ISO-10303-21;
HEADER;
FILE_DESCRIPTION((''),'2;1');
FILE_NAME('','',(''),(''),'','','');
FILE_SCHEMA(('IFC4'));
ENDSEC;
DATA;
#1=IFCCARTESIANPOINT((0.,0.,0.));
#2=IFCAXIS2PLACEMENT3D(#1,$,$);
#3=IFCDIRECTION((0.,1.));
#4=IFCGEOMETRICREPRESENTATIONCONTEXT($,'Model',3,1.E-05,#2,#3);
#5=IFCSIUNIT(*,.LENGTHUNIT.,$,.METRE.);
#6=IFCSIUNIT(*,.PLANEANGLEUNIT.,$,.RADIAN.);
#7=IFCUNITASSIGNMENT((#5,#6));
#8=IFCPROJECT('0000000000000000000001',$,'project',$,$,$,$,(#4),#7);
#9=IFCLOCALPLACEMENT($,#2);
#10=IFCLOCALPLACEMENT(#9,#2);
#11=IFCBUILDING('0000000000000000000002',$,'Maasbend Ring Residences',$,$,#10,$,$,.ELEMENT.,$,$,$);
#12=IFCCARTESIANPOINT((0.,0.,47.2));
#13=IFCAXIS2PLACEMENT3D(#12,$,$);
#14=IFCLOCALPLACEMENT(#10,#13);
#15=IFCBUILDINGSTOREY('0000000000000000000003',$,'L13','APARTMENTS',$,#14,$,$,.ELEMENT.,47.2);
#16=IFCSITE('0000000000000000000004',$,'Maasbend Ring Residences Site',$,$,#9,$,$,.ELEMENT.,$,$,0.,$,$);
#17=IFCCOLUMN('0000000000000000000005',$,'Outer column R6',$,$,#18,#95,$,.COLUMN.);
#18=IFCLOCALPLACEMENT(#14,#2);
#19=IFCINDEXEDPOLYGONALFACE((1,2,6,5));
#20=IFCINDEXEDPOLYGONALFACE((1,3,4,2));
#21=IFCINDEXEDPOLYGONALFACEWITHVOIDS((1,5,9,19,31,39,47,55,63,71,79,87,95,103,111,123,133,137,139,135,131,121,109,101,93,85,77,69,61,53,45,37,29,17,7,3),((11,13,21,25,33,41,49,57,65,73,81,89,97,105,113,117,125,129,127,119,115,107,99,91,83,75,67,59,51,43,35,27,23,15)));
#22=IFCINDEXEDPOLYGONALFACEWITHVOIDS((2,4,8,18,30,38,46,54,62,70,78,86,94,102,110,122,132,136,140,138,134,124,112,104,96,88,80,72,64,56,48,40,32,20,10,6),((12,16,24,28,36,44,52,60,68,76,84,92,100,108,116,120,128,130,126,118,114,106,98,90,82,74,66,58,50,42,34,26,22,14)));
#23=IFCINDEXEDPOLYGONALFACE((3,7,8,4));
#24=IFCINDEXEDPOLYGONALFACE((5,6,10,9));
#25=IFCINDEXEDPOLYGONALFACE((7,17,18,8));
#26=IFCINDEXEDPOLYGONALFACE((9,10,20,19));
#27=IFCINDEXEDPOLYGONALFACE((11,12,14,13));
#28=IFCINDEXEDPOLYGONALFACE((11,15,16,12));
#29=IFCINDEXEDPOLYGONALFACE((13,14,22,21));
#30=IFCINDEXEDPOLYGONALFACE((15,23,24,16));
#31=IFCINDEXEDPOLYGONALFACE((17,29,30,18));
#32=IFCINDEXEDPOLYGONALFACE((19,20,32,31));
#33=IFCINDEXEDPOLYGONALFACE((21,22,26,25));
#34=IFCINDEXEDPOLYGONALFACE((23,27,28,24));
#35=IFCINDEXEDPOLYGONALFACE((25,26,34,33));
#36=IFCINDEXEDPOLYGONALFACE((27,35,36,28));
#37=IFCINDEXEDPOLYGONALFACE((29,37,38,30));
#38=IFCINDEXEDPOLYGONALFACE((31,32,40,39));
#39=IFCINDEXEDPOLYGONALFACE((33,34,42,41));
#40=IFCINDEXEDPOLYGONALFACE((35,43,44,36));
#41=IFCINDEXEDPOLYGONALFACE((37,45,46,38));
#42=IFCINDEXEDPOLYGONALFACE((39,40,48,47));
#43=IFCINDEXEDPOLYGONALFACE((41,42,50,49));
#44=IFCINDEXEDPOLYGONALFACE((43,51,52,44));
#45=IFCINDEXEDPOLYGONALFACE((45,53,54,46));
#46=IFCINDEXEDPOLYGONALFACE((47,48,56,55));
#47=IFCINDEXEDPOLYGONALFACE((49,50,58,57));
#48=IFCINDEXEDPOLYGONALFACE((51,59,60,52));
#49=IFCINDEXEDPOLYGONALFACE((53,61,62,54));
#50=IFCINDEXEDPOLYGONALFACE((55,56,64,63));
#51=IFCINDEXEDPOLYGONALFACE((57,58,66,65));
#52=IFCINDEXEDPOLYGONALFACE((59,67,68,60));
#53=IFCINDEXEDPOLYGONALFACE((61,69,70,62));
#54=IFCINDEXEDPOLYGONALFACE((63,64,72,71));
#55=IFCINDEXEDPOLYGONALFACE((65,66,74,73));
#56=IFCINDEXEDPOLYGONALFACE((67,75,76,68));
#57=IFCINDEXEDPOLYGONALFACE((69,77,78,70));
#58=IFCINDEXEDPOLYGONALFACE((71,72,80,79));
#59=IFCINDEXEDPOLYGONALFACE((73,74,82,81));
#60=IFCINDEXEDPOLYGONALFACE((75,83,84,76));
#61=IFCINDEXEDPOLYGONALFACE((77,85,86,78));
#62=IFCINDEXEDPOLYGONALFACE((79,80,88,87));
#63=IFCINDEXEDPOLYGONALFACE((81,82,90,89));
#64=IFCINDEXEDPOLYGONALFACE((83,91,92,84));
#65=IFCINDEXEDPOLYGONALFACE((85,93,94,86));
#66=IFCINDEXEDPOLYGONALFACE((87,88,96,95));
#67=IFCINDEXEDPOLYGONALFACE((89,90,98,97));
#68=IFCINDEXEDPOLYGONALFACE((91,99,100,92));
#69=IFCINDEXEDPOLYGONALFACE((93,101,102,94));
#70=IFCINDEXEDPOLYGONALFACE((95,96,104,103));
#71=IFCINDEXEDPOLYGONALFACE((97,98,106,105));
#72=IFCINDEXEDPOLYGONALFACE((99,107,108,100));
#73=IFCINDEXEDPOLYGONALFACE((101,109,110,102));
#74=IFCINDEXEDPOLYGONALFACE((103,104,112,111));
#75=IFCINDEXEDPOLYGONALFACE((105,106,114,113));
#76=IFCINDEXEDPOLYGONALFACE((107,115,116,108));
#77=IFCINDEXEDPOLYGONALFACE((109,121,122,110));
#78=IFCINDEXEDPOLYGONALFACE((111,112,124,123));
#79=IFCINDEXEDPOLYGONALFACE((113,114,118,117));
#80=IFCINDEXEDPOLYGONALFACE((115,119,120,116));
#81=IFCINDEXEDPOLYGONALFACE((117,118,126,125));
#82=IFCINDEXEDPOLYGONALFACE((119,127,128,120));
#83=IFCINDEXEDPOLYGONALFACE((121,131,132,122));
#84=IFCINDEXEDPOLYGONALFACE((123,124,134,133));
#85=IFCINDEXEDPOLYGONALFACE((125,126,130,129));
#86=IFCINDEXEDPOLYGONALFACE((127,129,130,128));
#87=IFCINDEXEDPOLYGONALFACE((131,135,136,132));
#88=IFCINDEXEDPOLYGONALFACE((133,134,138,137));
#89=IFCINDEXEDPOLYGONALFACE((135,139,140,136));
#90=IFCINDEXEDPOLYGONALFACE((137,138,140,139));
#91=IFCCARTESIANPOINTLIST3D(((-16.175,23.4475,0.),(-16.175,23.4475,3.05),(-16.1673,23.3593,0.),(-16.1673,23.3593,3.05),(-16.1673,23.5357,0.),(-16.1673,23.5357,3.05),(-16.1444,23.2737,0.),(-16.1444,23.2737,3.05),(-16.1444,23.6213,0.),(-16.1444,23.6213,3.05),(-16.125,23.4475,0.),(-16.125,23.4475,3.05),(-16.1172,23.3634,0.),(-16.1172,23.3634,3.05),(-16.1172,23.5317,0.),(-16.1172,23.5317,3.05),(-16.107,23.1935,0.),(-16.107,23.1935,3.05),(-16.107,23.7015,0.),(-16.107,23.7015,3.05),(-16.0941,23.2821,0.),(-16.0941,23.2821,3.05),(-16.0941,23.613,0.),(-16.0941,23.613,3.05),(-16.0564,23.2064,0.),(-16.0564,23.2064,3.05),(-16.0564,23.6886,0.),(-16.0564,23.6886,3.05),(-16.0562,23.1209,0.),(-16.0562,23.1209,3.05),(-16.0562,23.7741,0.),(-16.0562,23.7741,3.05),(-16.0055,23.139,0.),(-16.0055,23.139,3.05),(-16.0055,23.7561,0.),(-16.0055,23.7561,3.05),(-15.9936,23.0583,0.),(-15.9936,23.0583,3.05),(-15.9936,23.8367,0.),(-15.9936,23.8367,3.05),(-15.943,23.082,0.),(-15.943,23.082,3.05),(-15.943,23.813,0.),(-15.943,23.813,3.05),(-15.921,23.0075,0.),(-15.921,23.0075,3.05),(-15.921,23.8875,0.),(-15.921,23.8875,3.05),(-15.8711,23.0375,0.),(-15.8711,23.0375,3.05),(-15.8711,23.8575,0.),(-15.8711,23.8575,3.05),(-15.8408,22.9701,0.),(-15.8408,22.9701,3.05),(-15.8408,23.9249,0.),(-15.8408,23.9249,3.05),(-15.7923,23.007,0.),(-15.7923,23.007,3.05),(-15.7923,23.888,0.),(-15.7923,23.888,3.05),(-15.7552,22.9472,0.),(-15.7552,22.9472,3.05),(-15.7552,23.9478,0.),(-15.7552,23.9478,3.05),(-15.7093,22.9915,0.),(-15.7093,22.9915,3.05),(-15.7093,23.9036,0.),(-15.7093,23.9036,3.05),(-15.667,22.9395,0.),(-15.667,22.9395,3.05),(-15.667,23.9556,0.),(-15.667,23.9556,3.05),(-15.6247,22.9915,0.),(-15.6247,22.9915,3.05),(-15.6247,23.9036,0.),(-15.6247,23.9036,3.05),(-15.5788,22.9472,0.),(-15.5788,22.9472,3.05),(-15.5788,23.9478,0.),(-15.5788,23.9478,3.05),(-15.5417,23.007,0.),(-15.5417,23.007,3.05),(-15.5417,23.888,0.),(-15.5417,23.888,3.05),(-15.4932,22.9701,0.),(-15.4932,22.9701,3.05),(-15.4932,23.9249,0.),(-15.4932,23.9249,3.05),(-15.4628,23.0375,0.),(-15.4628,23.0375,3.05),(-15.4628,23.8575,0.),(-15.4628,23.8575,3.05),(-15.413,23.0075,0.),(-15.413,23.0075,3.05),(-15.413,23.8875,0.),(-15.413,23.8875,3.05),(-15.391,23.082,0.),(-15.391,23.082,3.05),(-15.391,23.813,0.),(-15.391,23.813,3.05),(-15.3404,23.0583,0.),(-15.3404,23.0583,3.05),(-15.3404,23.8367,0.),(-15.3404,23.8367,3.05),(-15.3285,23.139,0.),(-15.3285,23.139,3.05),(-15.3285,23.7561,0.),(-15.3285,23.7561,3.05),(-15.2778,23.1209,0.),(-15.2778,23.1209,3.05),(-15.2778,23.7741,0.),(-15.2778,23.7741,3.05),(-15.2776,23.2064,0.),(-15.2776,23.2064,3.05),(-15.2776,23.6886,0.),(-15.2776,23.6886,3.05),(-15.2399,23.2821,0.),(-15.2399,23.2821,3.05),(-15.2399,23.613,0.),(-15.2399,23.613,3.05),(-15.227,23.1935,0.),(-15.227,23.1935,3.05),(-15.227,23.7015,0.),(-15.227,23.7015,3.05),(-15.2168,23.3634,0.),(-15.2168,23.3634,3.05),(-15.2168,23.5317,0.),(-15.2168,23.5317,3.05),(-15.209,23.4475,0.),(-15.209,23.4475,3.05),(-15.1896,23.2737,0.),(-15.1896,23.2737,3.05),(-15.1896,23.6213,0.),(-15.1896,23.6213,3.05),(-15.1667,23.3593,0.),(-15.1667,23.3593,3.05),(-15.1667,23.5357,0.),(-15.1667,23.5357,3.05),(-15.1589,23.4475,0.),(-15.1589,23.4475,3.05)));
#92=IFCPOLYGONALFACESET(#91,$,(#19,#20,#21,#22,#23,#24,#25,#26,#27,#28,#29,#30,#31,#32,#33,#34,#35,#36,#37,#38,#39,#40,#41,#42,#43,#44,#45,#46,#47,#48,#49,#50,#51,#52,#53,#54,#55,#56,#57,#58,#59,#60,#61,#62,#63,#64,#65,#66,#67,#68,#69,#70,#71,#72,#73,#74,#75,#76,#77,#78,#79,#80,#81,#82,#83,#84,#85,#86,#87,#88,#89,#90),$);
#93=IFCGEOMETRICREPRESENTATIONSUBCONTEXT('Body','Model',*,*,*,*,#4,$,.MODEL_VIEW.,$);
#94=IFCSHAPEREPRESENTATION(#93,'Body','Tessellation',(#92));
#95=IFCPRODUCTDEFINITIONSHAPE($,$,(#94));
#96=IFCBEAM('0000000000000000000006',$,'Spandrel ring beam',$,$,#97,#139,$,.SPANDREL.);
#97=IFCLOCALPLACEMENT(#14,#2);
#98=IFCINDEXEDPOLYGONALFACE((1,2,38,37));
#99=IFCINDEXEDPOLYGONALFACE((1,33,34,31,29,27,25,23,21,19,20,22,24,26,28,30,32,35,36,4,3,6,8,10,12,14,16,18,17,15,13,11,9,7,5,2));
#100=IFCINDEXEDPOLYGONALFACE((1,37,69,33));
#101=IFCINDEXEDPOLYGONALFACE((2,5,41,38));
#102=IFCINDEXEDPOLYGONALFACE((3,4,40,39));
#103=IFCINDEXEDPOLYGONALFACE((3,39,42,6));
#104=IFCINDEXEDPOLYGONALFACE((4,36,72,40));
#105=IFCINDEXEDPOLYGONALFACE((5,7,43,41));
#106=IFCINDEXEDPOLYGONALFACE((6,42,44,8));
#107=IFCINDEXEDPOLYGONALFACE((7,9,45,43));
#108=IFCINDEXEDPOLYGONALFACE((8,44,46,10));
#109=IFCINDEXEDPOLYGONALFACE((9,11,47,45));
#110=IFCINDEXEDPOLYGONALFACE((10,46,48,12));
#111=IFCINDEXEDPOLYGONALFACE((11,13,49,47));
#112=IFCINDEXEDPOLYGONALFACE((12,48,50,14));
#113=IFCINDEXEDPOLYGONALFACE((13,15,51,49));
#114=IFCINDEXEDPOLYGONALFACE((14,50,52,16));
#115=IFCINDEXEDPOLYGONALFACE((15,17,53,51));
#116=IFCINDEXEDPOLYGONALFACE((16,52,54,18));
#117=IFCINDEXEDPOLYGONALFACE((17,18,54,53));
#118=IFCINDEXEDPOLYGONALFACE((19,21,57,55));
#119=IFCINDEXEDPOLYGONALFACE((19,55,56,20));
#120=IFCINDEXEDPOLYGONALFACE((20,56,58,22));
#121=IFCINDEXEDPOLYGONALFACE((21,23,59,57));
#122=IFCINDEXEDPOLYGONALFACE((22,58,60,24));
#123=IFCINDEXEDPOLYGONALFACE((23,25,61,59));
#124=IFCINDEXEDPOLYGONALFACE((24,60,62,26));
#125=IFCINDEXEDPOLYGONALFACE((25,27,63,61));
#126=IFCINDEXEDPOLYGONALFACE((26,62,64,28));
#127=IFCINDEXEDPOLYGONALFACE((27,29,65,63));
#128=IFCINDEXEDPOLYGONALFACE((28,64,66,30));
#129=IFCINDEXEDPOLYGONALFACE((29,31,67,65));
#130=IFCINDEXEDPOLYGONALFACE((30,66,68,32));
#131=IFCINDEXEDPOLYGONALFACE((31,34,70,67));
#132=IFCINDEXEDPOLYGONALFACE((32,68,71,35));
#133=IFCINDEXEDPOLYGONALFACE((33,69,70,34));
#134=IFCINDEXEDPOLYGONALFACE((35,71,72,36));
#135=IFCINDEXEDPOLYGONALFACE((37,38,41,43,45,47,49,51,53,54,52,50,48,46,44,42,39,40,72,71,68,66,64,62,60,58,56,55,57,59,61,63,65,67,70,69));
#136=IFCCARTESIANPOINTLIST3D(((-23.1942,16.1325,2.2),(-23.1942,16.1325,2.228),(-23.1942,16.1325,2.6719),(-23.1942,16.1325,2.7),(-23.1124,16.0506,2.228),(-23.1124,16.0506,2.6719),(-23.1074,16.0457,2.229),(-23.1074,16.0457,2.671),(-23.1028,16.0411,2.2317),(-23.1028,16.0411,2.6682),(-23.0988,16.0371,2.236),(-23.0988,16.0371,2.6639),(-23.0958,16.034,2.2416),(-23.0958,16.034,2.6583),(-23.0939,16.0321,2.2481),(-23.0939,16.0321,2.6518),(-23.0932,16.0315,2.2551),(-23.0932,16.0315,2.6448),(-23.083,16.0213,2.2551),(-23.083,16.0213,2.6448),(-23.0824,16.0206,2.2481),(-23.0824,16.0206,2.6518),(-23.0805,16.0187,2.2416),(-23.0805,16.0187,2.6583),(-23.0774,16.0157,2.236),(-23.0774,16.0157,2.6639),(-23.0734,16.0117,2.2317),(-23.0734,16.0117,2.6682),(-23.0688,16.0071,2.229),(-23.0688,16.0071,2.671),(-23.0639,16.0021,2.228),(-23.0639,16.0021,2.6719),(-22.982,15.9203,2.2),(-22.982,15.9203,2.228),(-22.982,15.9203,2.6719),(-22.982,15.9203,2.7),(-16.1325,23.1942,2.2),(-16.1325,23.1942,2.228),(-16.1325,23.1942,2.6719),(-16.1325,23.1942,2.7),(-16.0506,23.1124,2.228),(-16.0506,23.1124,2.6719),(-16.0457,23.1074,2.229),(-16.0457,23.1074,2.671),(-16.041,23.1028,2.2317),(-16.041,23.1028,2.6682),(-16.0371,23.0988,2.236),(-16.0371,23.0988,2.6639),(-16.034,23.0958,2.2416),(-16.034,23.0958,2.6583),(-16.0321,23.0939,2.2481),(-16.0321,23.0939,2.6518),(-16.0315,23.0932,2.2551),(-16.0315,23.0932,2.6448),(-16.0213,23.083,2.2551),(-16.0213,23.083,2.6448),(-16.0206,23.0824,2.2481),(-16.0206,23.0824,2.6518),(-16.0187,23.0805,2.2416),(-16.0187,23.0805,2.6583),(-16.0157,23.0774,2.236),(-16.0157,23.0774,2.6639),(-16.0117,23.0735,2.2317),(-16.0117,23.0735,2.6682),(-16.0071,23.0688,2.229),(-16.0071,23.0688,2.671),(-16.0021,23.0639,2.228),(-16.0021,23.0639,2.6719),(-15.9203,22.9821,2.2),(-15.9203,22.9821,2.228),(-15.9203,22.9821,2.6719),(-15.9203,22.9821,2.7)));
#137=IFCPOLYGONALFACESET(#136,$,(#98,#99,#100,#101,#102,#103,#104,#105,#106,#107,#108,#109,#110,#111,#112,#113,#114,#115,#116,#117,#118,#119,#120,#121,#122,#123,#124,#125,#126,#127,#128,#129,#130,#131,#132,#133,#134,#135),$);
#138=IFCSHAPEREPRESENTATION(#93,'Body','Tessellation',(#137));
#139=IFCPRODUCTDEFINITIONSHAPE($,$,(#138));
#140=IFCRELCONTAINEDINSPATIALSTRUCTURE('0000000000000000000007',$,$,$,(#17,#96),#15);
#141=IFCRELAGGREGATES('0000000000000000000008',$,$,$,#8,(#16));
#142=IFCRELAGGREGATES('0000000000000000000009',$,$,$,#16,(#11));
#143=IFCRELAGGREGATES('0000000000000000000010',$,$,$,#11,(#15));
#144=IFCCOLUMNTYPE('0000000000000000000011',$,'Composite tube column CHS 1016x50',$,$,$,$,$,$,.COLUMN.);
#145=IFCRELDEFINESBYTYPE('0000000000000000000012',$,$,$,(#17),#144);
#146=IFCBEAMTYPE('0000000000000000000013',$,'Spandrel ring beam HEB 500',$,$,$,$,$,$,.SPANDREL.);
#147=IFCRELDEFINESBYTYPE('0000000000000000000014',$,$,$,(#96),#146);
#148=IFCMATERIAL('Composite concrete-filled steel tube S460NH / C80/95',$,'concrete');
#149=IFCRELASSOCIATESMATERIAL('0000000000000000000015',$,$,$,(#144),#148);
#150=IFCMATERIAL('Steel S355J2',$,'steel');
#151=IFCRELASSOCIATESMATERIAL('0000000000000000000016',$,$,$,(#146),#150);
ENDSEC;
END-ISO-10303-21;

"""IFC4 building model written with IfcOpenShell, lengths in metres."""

from ifc_helpers import new_model, si_unit, direction, frame, origin, origin_2d, place, context, subcontext, project, spatial, hollow_circle, i_section, extrude, material, material_profile, profile_set, type_object, element, save


model = new_model("IFC4")

# Units and contexts
model_context = context("Model", 3, precision=1e-05, world=origin(), true_north=direction((0.0, 1.0)))
body_context = subcontext(model_context, "Body", "Model", "MODEL_VIEW")
ifc_project = project(units=[si_unit("LENGTHUNIT", "METRE"), si_unit("PLANEANGLEUNIT", "RADIAN")], contexts=[model_context])

# Site, building, storey
site_placement = place(None, origin())
site = spatial("IfcSite", under=ifc_project, at=site_placement, Name="Maasbend Ring Residences Site", CompositionType="ELEMENT", RefElevation=0.0)
building_placement = place(site_placement, origin())
building = spatial("IfcBuilding", under=site, at=building_placement, Name="Maasbend Ring Residences", CompositionType="ELEMENT")
storey_placement = place(building_placement, frame((0.0, 0.0, 47.2)))
storey = spatial("IfcBuildingStorey", under=building, at=storey_placement, Name="L13", Description="APARTMENTS", CompositionType="ELEMENT", Elevation=47.2)

# Column
ifc_material_1 = material(Name="Composite concrete-filled steel tube S460NH / C80/95", Category="concrete")
ifc_material_profile_1 = material_profile(ifc_material_1, hollow_circle(Radius=0.5081, WallThickness=0.05, at=origin_2d()), Name="Composite tube column CHS 1016x50")
ifc_profile_set_1 = profile_set([ifc_material_profile_1], Name="Composite concrete-filled steel tube S460NH / C80/95")
column_type = type_object("IfcColumnType", Name="Composite tube column CHS 1016x50", PredefinedType="COLUMN", material=ifc_profile_set_1)
column_placement = place(storey_placement, frame((-15.667, 23.4475, 0.0), z_axis=(0.0, 0.0, 1.0), x_axis=(1.0, 0.0, 0.0)))
element("IfcColumn", 1, at=column_placement, inside=storey, type_object=column_type, Name="Outer column R6", PredefinedType="COLUMN", context=body_context, shape_type="SweptSolid", body=[
    extrude(hollow_circle(Radius=0.5081, WallThickness=0.05, at=origin_2d()), origin(), (0.0, 0.0, 1.0), 3.05),
])

# Beam
ifc_material_2 = material(Name="Steel S355J2", Category="steel")
ifc_material_profile_2 = material_profile(ifc_material_2, i_section(OverallWidth=0.3, OverallDepth=0.5, WebThickness=0.0144, FlangeThickness=0.0281, FilletRadius=0.0271, at=origin_2d()), Name="HEB 500")
ifc_profile_set_2 = profile_set([ifc_material_profile_2], Name="Steel S355J2")
beam_type = type_object("IfcBeamType", Name="Spandrel ring beam HEB 500", PredefinedType="SPANDREL", material=ifc_profile_set_2)
beam_placement = place(storey_placement, frame((-16.0264, 23.0881, 2.45), z_axis=(-0.707107, -0.707107, 0.0), x_axis=(0.707107, -0.707107, 0.0)))
element("IfcBeam", 2, at=beam_placement, inside=storey, type_object=beam_type, Name="Spandrel ring beam", PredefinedType="SPANDREL", context=body_context, shape_type="SweptSolid", body=[
    extrude(i_section(OverallWidth=0.3, OverallDepth=0.5, WebThickness=0.0144, FlangeThickness=0.0281, FilletRadius=0.0271, at=origin_2d()), origin(), (0.0, 0.0, 1.0), 9.9868),
])

save(model, "model.ifc")
